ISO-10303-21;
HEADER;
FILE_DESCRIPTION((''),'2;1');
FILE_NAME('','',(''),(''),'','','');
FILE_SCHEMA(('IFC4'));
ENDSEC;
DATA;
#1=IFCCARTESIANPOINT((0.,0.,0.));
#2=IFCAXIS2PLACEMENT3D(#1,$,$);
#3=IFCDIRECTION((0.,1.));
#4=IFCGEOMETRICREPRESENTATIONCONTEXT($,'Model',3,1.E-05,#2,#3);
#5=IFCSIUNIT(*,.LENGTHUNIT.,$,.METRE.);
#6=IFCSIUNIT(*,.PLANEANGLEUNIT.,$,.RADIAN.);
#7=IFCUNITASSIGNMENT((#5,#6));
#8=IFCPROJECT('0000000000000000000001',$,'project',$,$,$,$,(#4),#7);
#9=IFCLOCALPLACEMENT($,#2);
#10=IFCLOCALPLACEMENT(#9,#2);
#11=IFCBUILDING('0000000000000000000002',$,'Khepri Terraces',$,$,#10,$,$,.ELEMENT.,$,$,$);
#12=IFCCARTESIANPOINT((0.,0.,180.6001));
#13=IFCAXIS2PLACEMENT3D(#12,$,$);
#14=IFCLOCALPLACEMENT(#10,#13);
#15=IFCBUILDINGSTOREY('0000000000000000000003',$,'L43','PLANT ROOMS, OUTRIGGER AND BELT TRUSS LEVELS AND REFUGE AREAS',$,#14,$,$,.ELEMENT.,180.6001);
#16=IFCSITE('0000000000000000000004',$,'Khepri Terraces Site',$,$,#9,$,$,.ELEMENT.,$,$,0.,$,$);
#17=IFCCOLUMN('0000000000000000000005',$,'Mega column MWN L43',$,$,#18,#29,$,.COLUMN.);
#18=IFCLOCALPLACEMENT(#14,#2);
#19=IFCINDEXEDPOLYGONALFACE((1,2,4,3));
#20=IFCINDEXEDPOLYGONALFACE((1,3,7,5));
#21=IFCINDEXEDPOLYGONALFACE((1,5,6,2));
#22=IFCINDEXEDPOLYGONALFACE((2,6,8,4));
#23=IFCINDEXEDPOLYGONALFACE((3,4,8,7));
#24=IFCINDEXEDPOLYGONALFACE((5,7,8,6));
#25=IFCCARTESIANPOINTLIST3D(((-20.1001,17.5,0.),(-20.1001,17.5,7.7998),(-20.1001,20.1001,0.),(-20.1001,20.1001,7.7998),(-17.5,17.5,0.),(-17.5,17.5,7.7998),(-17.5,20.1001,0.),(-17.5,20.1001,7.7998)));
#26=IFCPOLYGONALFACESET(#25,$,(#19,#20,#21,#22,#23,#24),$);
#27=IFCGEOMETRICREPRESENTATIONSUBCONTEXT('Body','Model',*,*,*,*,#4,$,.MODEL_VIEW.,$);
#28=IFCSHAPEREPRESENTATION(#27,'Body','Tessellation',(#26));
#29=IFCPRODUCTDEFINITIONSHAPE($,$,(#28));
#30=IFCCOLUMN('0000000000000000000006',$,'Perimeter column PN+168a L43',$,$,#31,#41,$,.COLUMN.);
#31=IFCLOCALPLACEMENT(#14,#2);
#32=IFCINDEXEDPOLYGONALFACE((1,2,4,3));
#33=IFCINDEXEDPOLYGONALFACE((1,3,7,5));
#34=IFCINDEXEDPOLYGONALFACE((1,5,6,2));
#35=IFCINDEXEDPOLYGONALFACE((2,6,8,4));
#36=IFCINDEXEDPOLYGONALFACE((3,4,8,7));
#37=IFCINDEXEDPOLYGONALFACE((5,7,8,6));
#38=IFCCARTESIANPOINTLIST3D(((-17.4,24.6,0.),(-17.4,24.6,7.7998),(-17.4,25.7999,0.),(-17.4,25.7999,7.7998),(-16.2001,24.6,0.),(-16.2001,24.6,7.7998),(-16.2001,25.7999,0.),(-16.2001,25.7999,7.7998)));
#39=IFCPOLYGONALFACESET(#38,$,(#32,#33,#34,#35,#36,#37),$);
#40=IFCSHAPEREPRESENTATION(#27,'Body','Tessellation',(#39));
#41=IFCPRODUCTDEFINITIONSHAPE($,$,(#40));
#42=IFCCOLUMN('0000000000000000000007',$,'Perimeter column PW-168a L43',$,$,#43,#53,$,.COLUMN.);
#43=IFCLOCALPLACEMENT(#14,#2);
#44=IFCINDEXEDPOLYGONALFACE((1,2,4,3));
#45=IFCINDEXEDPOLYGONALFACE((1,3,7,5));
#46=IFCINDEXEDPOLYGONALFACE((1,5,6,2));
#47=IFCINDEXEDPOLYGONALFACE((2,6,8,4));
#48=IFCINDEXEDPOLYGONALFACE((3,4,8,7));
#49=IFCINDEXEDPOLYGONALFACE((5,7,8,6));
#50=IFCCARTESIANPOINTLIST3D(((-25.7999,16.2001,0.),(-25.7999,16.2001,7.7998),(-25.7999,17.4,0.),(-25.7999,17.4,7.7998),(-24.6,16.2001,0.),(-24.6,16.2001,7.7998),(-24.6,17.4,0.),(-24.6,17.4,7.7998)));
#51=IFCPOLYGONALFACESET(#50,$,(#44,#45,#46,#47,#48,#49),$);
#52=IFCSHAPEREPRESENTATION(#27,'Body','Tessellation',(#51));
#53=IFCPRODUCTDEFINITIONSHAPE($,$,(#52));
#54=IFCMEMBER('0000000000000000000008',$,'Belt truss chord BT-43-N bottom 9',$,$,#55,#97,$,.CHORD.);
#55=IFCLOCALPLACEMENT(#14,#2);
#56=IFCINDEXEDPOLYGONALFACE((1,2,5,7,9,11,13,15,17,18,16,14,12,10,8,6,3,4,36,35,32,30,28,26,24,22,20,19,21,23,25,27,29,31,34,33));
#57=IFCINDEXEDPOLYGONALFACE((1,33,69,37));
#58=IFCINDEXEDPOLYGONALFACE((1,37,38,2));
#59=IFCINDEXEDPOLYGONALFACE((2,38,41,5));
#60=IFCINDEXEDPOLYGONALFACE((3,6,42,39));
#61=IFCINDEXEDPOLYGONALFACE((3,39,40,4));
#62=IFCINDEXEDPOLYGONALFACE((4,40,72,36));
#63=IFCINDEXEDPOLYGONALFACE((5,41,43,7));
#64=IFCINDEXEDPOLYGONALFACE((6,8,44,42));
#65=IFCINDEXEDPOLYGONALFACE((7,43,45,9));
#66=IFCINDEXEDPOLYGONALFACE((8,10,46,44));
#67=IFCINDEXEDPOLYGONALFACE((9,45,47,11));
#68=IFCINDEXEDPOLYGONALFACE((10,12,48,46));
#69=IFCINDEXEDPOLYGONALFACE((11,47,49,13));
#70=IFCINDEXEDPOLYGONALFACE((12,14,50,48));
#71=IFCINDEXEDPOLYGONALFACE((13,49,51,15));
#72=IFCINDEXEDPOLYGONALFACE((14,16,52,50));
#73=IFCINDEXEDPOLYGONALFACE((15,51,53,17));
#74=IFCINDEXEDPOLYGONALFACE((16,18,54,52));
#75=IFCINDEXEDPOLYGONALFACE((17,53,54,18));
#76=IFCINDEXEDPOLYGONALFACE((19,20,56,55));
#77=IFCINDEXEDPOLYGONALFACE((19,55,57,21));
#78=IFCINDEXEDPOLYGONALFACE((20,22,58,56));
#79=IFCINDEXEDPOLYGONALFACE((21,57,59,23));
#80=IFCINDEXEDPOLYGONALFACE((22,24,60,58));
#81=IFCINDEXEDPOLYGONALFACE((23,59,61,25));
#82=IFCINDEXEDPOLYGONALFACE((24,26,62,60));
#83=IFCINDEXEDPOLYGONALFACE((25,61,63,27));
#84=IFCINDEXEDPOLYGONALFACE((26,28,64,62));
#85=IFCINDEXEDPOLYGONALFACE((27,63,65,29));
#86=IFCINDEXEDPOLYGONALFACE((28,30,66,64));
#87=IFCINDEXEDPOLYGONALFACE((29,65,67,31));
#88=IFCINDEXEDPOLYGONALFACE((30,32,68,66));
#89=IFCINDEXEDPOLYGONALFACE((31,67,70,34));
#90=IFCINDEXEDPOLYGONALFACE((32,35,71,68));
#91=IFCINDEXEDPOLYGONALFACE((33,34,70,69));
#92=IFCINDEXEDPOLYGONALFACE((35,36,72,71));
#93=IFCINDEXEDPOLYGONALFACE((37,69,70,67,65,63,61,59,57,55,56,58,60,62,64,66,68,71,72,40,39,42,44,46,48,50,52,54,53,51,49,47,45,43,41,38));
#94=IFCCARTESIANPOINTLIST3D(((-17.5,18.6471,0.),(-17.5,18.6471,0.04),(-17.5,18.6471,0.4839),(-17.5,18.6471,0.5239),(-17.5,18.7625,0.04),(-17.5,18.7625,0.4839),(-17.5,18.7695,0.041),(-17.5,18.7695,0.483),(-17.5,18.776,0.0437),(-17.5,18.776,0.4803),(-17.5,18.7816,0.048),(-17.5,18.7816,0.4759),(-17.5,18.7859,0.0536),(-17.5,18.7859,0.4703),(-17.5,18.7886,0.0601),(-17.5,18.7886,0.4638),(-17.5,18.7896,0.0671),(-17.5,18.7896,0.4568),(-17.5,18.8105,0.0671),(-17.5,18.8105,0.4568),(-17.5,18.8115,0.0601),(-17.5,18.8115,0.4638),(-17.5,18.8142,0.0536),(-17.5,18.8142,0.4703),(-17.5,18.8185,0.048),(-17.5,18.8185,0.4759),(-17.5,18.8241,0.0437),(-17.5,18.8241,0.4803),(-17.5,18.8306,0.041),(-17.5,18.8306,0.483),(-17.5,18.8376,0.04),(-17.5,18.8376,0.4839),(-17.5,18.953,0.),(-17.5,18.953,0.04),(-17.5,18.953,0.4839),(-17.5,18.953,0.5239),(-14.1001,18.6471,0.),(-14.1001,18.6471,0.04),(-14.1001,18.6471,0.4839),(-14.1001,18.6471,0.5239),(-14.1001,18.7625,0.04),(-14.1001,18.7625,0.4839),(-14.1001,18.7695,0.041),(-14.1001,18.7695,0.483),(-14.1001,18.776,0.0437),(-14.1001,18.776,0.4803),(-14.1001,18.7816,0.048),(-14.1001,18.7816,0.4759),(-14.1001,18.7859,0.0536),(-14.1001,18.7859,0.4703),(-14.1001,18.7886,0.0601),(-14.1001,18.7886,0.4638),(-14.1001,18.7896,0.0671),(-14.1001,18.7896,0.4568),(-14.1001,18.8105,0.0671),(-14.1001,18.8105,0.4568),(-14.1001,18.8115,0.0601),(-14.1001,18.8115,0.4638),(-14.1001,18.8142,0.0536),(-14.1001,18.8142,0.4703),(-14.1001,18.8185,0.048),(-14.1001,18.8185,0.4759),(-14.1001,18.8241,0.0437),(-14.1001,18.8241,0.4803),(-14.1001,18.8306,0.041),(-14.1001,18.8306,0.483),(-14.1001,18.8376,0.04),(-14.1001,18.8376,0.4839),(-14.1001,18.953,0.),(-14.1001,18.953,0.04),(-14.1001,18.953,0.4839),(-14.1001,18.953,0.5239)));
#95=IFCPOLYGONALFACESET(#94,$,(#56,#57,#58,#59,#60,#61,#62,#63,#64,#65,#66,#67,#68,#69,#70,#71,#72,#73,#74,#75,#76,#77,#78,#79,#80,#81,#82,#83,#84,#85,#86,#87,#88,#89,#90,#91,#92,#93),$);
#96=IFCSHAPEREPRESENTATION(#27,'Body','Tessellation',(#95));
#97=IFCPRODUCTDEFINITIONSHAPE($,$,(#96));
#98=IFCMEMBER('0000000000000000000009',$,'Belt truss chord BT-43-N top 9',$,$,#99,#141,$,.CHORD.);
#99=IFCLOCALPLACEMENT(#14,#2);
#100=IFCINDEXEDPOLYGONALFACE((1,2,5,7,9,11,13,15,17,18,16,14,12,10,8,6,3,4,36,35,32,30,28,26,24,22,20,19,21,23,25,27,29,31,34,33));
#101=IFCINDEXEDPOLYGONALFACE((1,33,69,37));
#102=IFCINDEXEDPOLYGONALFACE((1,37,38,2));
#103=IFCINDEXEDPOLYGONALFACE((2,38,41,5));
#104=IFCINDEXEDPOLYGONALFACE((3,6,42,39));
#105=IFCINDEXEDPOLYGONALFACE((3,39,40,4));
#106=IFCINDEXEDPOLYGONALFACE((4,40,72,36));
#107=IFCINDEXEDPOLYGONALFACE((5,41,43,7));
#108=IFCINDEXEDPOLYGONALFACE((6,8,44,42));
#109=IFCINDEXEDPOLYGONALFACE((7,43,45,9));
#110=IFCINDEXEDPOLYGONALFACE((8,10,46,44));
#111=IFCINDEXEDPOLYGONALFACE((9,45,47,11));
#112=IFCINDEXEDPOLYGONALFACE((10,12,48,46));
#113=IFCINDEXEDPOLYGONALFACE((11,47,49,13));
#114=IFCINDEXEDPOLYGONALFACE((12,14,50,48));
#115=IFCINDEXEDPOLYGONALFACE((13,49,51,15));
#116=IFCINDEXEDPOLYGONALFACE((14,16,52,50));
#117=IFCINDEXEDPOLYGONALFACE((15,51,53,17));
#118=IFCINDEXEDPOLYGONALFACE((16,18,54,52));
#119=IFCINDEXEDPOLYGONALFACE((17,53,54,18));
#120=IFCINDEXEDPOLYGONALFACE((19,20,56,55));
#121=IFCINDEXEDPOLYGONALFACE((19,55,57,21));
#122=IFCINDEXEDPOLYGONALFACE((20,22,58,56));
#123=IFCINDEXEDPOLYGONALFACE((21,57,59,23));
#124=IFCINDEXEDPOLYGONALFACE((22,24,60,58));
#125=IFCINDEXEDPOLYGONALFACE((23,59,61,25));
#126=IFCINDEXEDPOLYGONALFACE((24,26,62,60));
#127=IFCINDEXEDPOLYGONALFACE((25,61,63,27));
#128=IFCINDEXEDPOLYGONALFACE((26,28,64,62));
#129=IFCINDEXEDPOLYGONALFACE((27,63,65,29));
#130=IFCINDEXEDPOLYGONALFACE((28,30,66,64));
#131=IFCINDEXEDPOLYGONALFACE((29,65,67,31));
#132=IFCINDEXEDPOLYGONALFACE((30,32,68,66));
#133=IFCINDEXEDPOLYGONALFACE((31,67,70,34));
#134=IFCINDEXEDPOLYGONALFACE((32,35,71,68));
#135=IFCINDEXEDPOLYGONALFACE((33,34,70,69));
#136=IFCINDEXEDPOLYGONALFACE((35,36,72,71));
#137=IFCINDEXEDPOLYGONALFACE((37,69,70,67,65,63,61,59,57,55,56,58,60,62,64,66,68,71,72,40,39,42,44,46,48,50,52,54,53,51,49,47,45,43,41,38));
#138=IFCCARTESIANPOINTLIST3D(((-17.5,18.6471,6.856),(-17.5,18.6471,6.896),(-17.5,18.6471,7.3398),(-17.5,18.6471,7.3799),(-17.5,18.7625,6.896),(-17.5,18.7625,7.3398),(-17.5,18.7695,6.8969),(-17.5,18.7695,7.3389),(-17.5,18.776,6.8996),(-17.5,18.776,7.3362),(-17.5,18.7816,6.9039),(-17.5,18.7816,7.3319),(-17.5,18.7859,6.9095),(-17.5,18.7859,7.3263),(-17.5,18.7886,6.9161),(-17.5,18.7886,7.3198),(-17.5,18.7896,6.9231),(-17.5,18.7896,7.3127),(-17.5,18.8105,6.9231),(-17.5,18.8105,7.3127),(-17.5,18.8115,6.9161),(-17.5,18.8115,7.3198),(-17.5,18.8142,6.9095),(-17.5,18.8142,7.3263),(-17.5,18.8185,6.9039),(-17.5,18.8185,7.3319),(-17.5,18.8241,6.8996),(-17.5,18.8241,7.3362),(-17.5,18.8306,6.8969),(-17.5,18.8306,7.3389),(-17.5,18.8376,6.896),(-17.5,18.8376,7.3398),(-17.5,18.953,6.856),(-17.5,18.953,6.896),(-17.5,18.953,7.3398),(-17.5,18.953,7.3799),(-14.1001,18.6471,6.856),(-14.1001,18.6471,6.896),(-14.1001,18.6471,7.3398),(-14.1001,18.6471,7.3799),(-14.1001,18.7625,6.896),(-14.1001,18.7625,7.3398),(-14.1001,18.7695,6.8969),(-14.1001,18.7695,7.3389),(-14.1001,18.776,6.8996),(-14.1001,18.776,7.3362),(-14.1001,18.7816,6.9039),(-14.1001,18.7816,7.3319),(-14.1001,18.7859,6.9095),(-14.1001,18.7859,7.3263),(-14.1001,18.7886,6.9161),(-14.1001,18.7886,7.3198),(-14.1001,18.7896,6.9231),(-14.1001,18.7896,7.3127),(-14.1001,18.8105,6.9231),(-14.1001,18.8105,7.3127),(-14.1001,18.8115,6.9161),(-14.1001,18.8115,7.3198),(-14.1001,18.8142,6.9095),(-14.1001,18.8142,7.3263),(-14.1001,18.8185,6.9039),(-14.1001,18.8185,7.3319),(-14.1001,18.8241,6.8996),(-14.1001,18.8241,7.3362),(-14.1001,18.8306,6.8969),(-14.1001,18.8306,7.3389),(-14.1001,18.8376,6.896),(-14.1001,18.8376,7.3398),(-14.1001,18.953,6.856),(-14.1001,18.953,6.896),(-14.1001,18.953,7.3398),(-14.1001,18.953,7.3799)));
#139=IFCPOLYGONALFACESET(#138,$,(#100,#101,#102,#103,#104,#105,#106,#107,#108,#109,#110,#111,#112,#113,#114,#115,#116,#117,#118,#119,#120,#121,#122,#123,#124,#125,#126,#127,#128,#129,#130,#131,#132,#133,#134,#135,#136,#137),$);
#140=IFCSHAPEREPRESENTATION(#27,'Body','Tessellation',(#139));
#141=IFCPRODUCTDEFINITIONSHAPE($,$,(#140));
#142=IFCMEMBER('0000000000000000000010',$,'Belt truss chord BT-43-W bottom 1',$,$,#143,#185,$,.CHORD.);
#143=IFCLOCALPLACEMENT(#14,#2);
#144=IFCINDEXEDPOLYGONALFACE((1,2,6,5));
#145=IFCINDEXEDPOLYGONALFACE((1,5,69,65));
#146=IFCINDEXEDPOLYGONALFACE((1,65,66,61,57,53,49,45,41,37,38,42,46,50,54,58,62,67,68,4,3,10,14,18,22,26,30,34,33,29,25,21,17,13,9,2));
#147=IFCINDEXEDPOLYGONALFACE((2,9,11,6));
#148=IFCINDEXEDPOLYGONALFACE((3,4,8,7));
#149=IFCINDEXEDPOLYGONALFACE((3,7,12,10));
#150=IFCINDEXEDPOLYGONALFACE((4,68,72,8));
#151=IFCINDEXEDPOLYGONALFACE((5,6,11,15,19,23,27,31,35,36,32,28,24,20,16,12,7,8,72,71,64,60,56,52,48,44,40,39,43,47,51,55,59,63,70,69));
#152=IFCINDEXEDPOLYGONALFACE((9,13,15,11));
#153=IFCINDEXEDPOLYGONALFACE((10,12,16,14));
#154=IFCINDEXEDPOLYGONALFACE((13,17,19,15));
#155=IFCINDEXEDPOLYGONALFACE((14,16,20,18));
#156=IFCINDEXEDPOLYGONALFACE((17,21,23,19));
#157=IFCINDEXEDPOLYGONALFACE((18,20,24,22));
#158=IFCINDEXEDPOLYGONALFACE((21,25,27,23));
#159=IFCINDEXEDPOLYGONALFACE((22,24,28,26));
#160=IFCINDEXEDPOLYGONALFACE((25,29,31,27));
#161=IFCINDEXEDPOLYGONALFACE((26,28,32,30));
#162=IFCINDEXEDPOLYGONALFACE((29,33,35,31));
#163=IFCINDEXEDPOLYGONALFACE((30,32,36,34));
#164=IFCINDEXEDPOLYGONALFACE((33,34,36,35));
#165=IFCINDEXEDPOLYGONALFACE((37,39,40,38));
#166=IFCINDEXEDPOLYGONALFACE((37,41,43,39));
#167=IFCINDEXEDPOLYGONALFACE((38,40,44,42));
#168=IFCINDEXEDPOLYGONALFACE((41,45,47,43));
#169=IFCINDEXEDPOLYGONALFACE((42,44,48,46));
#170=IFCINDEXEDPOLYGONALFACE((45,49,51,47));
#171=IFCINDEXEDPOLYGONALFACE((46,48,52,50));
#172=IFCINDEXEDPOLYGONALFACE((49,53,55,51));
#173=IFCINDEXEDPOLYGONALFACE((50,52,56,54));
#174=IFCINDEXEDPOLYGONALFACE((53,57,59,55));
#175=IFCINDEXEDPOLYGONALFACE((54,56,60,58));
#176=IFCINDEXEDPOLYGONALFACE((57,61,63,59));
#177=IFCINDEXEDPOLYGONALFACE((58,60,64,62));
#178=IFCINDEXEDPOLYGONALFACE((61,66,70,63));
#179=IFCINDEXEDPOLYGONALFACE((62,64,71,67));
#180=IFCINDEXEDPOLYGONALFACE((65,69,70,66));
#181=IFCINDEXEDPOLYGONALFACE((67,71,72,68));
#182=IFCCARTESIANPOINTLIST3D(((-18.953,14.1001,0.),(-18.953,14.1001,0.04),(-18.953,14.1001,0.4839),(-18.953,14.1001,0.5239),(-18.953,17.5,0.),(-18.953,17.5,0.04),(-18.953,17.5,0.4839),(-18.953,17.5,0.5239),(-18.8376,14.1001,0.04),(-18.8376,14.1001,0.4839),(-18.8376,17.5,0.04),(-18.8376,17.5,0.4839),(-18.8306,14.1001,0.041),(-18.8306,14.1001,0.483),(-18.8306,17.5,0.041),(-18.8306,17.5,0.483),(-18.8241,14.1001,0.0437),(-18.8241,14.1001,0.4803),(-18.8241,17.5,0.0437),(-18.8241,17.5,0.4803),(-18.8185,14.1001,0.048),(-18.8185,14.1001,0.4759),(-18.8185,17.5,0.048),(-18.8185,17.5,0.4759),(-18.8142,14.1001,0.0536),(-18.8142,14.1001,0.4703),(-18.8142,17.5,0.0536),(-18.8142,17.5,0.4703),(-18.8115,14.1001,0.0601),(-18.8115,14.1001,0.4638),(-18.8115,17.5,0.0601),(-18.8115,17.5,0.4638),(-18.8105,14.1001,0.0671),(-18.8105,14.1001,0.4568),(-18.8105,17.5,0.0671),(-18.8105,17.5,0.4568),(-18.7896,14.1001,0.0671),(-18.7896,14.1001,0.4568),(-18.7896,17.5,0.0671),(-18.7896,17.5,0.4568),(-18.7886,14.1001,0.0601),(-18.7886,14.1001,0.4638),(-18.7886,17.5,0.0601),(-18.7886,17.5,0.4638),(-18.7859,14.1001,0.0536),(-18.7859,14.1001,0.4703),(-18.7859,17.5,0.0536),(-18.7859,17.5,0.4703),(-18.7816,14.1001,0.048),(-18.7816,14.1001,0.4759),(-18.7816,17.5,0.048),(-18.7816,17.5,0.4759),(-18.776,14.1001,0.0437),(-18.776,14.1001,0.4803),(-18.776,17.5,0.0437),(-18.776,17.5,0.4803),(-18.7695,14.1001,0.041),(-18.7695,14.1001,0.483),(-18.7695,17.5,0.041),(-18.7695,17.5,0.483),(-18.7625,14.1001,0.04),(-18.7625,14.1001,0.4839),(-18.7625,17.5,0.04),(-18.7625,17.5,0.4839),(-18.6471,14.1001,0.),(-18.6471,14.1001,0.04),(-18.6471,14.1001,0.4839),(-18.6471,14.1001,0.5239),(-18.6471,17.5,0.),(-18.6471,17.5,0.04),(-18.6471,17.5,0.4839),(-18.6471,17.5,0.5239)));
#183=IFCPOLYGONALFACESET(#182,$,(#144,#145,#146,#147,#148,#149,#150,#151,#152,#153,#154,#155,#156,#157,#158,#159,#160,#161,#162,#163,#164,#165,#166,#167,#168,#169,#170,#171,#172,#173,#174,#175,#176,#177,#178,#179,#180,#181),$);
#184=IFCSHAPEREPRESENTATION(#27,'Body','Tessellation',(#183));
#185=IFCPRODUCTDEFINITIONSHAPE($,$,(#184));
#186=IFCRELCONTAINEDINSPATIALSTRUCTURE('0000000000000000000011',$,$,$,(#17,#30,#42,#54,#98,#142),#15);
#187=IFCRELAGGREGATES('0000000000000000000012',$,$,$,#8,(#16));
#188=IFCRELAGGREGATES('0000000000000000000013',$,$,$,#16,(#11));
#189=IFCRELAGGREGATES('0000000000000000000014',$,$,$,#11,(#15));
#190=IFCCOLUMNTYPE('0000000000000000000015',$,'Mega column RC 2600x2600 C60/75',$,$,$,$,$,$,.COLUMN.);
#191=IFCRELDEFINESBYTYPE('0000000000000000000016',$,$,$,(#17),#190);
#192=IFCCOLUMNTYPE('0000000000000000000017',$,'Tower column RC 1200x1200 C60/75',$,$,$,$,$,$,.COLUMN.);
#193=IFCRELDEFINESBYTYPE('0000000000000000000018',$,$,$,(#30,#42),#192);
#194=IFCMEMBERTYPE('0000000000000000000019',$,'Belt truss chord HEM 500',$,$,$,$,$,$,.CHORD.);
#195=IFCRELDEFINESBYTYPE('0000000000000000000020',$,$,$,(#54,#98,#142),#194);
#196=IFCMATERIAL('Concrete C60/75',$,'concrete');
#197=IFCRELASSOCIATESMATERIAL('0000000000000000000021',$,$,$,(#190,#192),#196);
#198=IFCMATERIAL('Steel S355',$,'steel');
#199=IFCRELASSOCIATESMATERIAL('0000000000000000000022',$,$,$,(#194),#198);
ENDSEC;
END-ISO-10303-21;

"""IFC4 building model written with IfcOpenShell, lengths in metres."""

from ifc_helpers import new_model, si_unit, direction, frame, origin, origin_2d, place, context, subcontext, project, spatial, rectangle, i_section, extrude, material, material_profile, profile_set, type_object, element, save


model = new_model("IFC4")

# Units and contexts
model_context = context("Model", 3, precision=1e-05, world=origin(), true_north=direction((0.0, 1.0)))
body_context = subcontext(model_context, "Body", "Model", "MODEL_VIEW")
ifc_project = project(units=[si_unit("LENGTHUNIT", "METRE"), si_unit("PLANEANGLEUNIT", "RADIAN")], contexts=[model_context])

# Site, building, storey
site_placement = place(None, origin())
site = spatial("IfcSite", under=ifc_project, at=site_placement, Name="Khepri Terraces Site", CompositionType="ELEMENT", RefElevation=0.0)
building_placement = place(site_placement, origin())
building = spatial("IfcBuilding", under=site, at=building_placement, Name="Khepri Terraces", CompositionType="ELEMENT")
storey_placement = place(building_placement, frame((0.0, 0.0, 180.6001)))
storey = spatial("IfcBuildingStorey", under=building, at=storey_placement, Name="L43", Description="PLANT ROOMS, OUTRIGGER AND BELT TRUSS LEVELS AND REFUGE AREAS", CompositionType="ELEMENT", Elevation=180.6001)

# Columns
ifc_material_1 = material(Name="Concrete C60/75", Category="concrete")
ifc_material_profile_1 = material_profile(ifc_material_1, rectangle(XDim=2.6001, YDim=2.6001, at=origin_2d()), Name="Concrete C60/75", Category="concrete")
ifc_profile_set_1 = profile_set([ifc_material_profile_1], Name="Concrete C60/75")
column_type_1 = type_object("IfcColumnType", Name="Mega column RC 2600x2600 C60/75", PredefinedType="COLUMN", material=ifc_profile_set_1)
column_placement = place(storey_placement, frame((-18.8, 18.8, 0.0), z_axis=(0.0, 0.0, 1.0), x_axis=(1.0, 0.0, 0.0)))
element("IfcColumn", 1, at=column_placement, inside=storey, type_object=column_type_1, Name="Mega column MWN L43", PredefinedType="COLUMN", context=body_context, shape_type="SweptSolid", body=[
    extrude(rectangle(XDim=2.6001, YDim=2.6001, at=origin_2d()), origin(), (0.0, 0.0, 1.0), 7.7998),
])
ifc_material_profile_2 = material_profile(ifc_material_1, rectangle(XDim=1.2, YDim=1.2, at=origin_2d()), Name="Concrete C60/75", Category="concrete")
ifc_profile_set_2 = profile_set([ifc_material_profile_2], Name="Concrete C60/75")
column_type_2 = type_object("IfcColumnType", Name="Tower column RC 1200x1200 C60/75", PredefinedType="COLUMN", material=ifc_profile_set_2)
for number, where, z_axis, x_axis, name in (
    (2, (-16.8, 25.2, 0.0), (0.0, 0.0, 1.0), (1.0, 0.0, 0.0), "Perimeter column PN+168a L43"),
    (3, (-25.2, 16.8, 0.0), (0.0, 0.0, 1.0), (1.0, 0.0, 0.0), "Perimeter column PW-168a L43"),
):
    element("IfcColumn", number, at=place(storey_placement, frame(where, z_axis=z_axis, x_axis=x_axis)), inside=storey, type_object=column_type_2, Name=name, PredefinedType="COLUMN", context=body_context, shape_type="SweptSolid", body=[
        extrude(rectangle(XDim=1.2, YDim=1.2, at=origin_2d()), origin(), (0.0, 0.0, 1.0), 7.7998),
    ])

# Members
ifc_material_2 = material(Name="Steel S355", Category="steel")
ifc_material_profile_3 = material_profile(ifc_material_2, i_section(OverallWidth=0.3059, OverallDepth=0.5239, WebThickness=0.021, FlangeThickness=0.04, FilletRadius=0.0271, at=origin_2d()), Name="Steel S355", Category="steel")
ifc_profile_set_3 = profile_set([ifc_material_profile_3], Name="Steel S355")
member_type_1 = type_object("IfcMemberType", Name="Belt truss chord HEM 500", PredefinedType="CHORD", material=ifc_profile_set_3)
for number, where, z_axis, x_axis, name in (
    (4, (-14.1001, 18.8, 0.262), (-1.0, 0.0, 0.0), (0.0, -1.0, 0.0), "Belt truss chord BT-43-N bottom 9"),
    (5, (-14.1001, 18.8, 7.1179), (-1.0, 0.0, 0.0), (0.0, -1.0, 0.0), "Belt truss chord BT-43-N top 9"),
    (6, (-18.8, 17.5, 0.262), (0.0, -1.0, 0.0), (1.0, 0.0, 0.0), "Belt truss chord BT-43-W bottom 1"),
):
    element("IfcMember", number, at=place(storey_placement, frame(where, z_axis=z_axis, x_axis=x_axis)), inside=storey, type_object=member_type_1, Name=name, PredefinedType="CHORD", context=body_context, shape_type="SweptSolid", body=[
        extrude(i_section(OverallWidth=0.3059, OverallDepth=0.5239, WebThickness=0.021, FlangeThickness=0.04, FilletRadius=0.0271, at=origin_2d()), origin(), (0.0, 0.0, 1.0), 3.3999),
    ])

save(model, "model.ifc")
